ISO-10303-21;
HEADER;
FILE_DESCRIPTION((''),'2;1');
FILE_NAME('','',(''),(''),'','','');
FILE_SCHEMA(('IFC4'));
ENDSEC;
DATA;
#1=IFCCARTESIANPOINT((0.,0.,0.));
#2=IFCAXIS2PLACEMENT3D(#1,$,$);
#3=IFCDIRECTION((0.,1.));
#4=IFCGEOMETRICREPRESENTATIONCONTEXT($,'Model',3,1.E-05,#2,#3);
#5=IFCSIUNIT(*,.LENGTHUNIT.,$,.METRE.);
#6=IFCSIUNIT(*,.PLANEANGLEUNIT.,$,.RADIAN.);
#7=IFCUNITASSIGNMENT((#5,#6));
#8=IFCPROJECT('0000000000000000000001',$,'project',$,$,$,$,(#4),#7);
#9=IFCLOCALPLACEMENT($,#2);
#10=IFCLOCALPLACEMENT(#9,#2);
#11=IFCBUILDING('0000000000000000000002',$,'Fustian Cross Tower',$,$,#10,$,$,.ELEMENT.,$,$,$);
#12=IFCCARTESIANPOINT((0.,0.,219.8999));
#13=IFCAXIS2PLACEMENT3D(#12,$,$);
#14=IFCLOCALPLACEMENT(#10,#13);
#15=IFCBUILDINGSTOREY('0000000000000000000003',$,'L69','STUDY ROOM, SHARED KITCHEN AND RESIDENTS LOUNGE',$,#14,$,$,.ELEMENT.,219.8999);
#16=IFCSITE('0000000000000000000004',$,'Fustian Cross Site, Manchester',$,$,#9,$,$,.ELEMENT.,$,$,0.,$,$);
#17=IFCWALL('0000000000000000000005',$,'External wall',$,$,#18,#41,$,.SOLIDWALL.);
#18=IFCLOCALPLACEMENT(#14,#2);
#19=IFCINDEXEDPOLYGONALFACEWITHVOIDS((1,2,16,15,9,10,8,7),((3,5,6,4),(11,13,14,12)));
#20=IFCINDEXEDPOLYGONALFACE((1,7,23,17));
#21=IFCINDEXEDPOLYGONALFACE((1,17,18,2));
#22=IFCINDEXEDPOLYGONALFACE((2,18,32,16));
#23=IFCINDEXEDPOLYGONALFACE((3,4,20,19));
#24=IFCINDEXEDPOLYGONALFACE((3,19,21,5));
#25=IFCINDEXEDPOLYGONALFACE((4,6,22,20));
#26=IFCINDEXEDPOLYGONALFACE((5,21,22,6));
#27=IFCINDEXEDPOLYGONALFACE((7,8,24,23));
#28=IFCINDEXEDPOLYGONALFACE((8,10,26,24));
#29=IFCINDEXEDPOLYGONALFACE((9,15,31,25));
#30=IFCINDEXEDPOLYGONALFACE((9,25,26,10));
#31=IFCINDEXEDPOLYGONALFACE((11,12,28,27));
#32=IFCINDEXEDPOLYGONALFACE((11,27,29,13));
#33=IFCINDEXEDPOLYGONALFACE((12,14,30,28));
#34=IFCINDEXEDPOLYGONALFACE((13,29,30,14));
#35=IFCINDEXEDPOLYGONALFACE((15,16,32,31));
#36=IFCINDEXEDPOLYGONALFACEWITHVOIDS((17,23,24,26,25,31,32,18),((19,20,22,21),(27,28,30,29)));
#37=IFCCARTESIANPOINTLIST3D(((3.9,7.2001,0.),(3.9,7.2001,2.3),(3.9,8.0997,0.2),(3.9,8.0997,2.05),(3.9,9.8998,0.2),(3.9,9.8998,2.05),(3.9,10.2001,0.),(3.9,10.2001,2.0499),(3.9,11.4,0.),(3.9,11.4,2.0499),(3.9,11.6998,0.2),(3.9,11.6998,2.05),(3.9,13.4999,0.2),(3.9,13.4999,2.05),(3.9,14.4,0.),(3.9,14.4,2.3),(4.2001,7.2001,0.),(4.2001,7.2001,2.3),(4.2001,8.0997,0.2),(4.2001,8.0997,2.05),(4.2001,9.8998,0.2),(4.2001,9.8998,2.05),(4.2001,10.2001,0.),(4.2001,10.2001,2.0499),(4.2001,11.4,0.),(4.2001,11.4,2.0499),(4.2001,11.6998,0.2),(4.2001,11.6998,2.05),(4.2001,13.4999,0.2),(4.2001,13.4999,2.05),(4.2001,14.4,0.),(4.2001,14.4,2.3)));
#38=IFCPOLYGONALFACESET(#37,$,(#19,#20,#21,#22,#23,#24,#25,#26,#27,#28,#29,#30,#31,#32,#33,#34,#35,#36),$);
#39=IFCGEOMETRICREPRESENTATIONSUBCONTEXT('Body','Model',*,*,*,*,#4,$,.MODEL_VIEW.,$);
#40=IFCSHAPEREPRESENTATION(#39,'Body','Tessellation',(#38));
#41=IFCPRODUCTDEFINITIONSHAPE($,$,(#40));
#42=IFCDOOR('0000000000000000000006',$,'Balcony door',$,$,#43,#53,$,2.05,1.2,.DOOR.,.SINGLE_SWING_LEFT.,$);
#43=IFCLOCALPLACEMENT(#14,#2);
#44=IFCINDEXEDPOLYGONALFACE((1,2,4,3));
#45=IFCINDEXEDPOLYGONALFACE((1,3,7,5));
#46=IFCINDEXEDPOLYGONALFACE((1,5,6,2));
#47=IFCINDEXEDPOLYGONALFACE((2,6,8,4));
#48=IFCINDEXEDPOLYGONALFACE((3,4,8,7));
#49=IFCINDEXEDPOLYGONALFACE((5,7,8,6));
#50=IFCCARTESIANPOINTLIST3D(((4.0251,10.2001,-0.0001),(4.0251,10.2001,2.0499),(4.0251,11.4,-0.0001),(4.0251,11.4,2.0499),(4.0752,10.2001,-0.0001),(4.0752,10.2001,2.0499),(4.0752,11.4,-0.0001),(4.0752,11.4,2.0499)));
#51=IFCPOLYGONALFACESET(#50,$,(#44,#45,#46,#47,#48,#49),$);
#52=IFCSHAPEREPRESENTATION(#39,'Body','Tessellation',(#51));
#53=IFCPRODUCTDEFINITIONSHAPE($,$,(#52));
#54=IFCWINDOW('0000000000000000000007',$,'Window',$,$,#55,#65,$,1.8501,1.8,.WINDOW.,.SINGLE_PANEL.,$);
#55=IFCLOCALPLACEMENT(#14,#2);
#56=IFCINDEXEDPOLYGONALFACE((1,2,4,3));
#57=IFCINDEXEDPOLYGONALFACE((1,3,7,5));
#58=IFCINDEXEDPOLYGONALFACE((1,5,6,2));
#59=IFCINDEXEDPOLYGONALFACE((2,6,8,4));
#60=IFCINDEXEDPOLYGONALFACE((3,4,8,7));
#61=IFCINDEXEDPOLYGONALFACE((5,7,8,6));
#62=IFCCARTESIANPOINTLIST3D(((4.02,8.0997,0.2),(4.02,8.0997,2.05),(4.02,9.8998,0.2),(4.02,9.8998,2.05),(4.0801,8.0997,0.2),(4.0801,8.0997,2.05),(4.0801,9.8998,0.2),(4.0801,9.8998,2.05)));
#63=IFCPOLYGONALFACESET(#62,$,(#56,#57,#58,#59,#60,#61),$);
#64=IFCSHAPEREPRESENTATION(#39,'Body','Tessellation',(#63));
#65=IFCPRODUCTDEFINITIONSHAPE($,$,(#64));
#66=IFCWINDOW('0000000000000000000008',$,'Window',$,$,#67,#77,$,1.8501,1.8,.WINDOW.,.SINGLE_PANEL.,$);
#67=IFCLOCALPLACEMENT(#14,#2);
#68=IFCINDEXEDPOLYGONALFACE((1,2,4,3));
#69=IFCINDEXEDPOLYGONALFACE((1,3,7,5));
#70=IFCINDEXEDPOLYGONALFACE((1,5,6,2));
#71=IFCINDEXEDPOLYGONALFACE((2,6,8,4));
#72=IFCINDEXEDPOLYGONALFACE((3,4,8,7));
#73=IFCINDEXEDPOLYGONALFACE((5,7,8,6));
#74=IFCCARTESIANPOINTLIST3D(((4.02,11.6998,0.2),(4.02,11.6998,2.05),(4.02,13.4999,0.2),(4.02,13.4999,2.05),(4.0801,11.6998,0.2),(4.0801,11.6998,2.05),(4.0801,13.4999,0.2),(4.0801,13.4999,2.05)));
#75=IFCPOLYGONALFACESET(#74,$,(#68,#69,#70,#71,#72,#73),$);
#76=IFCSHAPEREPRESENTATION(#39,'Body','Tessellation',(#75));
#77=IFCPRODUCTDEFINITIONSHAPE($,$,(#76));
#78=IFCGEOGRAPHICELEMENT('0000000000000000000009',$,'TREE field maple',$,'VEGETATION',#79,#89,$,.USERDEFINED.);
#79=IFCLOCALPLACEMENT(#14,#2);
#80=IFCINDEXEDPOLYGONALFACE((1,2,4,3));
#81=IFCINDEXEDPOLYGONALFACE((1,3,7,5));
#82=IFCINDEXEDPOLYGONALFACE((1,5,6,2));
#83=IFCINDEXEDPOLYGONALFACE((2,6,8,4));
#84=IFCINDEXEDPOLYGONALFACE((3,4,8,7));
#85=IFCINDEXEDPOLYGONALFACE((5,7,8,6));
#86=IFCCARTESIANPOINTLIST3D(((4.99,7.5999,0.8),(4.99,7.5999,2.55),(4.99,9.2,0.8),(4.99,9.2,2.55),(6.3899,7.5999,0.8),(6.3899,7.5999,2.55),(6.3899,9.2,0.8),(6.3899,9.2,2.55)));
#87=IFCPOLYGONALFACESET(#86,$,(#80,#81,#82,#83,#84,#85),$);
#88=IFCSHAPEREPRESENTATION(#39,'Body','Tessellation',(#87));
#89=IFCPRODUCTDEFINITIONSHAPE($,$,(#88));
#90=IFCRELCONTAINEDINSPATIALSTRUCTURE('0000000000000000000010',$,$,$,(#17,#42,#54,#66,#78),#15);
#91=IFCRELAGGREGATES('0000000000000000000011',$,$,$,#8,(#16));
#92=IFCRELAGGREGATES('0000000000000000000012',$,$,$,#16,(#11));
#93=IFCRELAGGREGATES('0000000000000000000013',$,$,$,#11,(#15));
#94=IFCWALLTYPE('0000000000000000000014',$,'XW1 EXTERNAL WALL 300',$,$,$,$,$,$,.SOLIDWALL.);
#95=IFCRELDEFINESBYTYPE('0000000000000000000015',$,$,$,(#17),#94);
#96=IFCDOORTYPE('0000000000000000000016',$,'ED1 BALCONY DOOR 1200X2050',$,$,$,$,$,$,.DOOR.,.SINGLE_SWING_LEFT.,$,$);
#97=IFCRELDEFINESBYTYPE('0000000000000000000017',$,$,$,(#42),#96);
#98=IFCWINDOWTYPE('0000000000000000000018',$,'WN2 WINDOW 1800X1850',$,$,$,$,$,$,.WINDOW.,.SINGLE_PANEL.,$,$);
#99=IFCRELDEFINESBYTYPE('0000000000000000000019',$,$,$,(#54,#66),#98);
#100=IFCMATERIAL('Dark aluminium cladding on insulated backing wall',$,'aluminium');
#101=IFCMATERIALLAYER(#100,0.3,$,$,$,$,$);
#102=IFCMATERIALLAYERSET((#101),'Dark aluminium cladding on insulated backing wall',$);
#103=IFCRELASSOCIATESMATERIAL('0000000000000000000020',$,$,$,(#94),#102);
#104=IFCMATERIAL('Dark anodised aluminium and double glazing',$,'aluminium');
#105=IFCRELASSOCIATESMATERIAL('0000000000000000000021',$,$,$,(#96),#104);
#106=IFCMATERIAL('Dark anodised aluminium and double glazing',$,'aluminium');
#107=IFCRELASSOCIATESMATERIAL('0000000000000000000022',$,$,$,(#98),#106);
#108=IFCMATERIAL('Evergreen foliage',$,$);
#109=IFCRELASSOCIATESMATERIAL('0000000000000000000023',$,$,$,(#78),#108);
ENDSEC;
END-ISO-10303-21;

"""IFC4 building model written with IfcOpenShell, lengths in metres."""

from ifc_helpers import new_model, si_unit, direction, frame, frame_2d, origin, origin_2d, place, context, subcontext, project, spatial, rectangle, extrude, material, layer, layer_set, type_object, element, fill, save


model = new_model("IFC4")

# Units and contexts
model_context = context("Model", 3, precision=1e-05, world=origin(), true_north=direction((0.0, 1.0)))
body_context = subcontext(model_context, "Body", "Model", "MODEL_VIEW")
ifc_project = project(units=[si_unit("LENGTHUNIT", "METRE"), si_unit("PLANEANGLEUNIT", "RADIAN")], contexts=[model_context])

# Site, building, storey
site_placement = place(None, origin())
site = spatial("IfcSite", under=ifc_project, at=site_placement, Name="Fustian Cross Site, Manchester", CompositionType="ELEMENT", RefElevation=0.0)
building_placement = place(site_placement, origin())
building = spatial("IfcBuilding", under=site, at=building_placement, Name="Fustian Cross Tower", CompositionType="ELEMENT")
storey_placement = place(building_placement, frame((0.0, 0.0, 219.8999)))
storey = spatial("IfcBuildingStorey", under=building, at=storey_placement, Name="L69", Description="STUDY ROOM, SHARED KITCHEN AND RESIDENTS LOUNGE", CompositionType="ELEMENT", Elevation=219.8999)

# Wall, openings, door, windows
ifc_material_1 = material(Name="Dark aluminium cladding on insulated backing wall", Category="aluminium")
ifc_layer_1 = layer(ifc_material_1, 0.3)
ifc_layer_set_1 = layer_set([ifc_layer_1], Name="Dark aluminium cladding on insulated backing wall")
wall_type_1 = type_object("IfcWallType", Name="XW1 EXTERNAL WALL 300", PredefinedType="SOLIDWALL", material=ifc_layer_set_1)
wall_1_placement = place(storey_placement, frame((4.05, 7.2, 0.0), z_axis=(0.0, 0.0, 1.0), x_axis=(0.0, 1.0, 0.0)))
wall_1 = element("IfcWall", 1, at=wall_1_placement, inside=storey, type_object=wall_type_1, Name="External wall", PredefinedType="SOLIDWALL", context=body_context, shape_type="SweptSolid", body=[
    extrude(rectangle(XDim=7.2, YDim=0.3, at=frame_2d((3.6001, 0.0))), origin(), (0.0, 0.0, 1.0), 2.3),
])
opening_1_placement = place(wall_1_placement, frame((3.0, 0.0, 0.0)))
opening_1 = element("IfcOpeningElement", 2, at=opening_1_placement, cuts=wall_1, PredefinedType="OPENING", context=body_context, shape_type="SweptSolid", body=[
    extrude(rectangle(XDim=1.2, YDim=2.05, at=frame_2d((0.6001, 1.0249))), frame((0.0, 0.1599, 0.0), z_axis=(0.0, -1.0, 0.0), x_axis=(1.0, 0.0, 0.0)), (0.0, 0.0, 1.0), 0.3201),
])
opening_2_placement = place(wall_1_placement, frame((0.8999, 0.0, 0.2)))
opening_2 = element("IfcOpeningElement", 3, at=opening_2_placement, cuts=wall_1, PredefinedType="OPENING", context=body_context, shape_type="SweptSolid", body=[
    extrude(rectangle(XDim=1.8, YDim=1.8501, at=frame_2d((0.8999, 0.925))), frame((0.0, 0.1599, 0.0), z_axis=(0.0, -1.0, 0.0), x_axis=(1.0, 0.0, 0.0)), (0.0, 0.0, 1.0), 0.3201),
])
opening_3_placement = place(wall_1_placement, frame((4.5, 0.0, 0.2)))
opening_3 = element("IfcOpeningElement", 4, at=opening_3_placement, cuts=wall_1, PredefinedType="OPENING", context=body_context, shape_type="SweptSolid", body=[
    extrude(rectangle(XDim=1.8, YDim=1.8501, at=frame_2d((0.8999, 0.925))), frame((0.0, 0.1599, 0.0), z_axis=(0.0, -1.0, 0.0), x_axis=(1.0, 0.0, 0.0)), (0.0, 0.0, 1.0), 0.3201),
])
ifc_material_2 = material(Name="Dark anodised aluminium and double glazing", Category="aluminium")
door_type_1 = type_object("IfcDoorType", Name="ED1 BALCONY DOOR 1200X2050", OperationType="SINGLE_SWING_LEFT", PredefinedType="DOOR", material=ifc_material_2)
door_1_placement = place(opening_1_placement, origin())
door_1 = element("IfcDoor", 5, at=door_1_placement, inside=storey, type_object=door_type_1, Name="Balcony door", OperationType="SINGLE_SWING_LEFT", OverallHeight=2.05, OverallWidth=1.2, PredefinedType="DOOR", context=body_context, shape_type="SweptSolid", body=[
    extrude(rectangle(XDim=1.2, YDim=2.05, at=frame_2d((0.6001, 1.0249))), frame((0.0, 0.0249, 0.0), z_axis=(0.0, -1.0, 0.0), x_axis=(1.0, 0.0, 0.0)), (0.0, 0.0, 1.0), 0.05),
])
fill(opening_1, door_1)
ifc_material_3 = material(Name="Dark anodised aluminium and double glazing", Category="aluminium")
window_type = type_object("IfcWindowType", Name="WN2 WINDOW 1800X1850", PartitioningType="SINGLE_PANEL", PredefinedType="WINDOW", material=ifc_material_3)
window_1_placement = place(opening_2_placement, origin())
window_1 = element("IfcWindow", 6, at=window_1_placement, inside=storey, type_object=window_type, Name="Window", OverallHeight=1.8501, OverallWidth=1.8, PartitioningType="SINGLE_PANEL", PredefinedType="WINDOW", context=body_context, shape_type="SweptSolid", body=[
    extrude(rectangle(XDim=1.8, YDim=1.8501, at=frame_2d((0.8999, 0.925))), frame((0.0, 0.03, 0.0), z_axis=(0.0, -1.0, 0.0), x_axis=(1.0, 0.0, 0.0)), (0.0, 0.0, 1.0), 0.0601),
])
fill(opening_2, window_1)
window_2_placement = place(opening_3_placement, origin())
window_2 = element("IfcWindow", 7, at=window_2_placement, inside=storey, type_object=window_type, Name="Window", OverallHeight=1.8501, OverallWidth=1.8, PartitioningType="SINGLE_PANEL", PredefinedType="WINDOW", context=body_context, shape_type="SweptSolid", body=[
    extrude(rectangle(XDim=1.8, YDim=1.8501, at=frame_2d((0.8999, 0.925))), frame((0.0, 0.03, 0.0), z_axis=(0.0, -1.0, 0.0), x_axis=(1.0, 0.0, 0.0)), (0.0, 0.0, 1.0), 0.0601),
])
fill(opening_3, window_2)

# Geographic element
ifc_material_4 = material(Name="Evergreen foliage")
geographic_element_placement = place(storey_placement, frame((5.6899, 8.3999, 0.8), z_axis=(0.0, 0.0, 1.0), x_axis=(1.0, 0.0, 0.0)))
element("IfcGeographicElement", 8, at=geographic_element_placement, inside=storey, material=ifc_material_4, Name="TREE field maple", ObjectType="VEGETATION", PredefinedType="USERDEFINED", context=body_context, shape_type="SweptSolid", body=[
    extrude(rectangle(XDim=1.3999, YDim=1.6001, at=origin_2d()), origin(), (0.0, 0.0, 1.0), 1.75),
])

save(model, "model.ifc")
